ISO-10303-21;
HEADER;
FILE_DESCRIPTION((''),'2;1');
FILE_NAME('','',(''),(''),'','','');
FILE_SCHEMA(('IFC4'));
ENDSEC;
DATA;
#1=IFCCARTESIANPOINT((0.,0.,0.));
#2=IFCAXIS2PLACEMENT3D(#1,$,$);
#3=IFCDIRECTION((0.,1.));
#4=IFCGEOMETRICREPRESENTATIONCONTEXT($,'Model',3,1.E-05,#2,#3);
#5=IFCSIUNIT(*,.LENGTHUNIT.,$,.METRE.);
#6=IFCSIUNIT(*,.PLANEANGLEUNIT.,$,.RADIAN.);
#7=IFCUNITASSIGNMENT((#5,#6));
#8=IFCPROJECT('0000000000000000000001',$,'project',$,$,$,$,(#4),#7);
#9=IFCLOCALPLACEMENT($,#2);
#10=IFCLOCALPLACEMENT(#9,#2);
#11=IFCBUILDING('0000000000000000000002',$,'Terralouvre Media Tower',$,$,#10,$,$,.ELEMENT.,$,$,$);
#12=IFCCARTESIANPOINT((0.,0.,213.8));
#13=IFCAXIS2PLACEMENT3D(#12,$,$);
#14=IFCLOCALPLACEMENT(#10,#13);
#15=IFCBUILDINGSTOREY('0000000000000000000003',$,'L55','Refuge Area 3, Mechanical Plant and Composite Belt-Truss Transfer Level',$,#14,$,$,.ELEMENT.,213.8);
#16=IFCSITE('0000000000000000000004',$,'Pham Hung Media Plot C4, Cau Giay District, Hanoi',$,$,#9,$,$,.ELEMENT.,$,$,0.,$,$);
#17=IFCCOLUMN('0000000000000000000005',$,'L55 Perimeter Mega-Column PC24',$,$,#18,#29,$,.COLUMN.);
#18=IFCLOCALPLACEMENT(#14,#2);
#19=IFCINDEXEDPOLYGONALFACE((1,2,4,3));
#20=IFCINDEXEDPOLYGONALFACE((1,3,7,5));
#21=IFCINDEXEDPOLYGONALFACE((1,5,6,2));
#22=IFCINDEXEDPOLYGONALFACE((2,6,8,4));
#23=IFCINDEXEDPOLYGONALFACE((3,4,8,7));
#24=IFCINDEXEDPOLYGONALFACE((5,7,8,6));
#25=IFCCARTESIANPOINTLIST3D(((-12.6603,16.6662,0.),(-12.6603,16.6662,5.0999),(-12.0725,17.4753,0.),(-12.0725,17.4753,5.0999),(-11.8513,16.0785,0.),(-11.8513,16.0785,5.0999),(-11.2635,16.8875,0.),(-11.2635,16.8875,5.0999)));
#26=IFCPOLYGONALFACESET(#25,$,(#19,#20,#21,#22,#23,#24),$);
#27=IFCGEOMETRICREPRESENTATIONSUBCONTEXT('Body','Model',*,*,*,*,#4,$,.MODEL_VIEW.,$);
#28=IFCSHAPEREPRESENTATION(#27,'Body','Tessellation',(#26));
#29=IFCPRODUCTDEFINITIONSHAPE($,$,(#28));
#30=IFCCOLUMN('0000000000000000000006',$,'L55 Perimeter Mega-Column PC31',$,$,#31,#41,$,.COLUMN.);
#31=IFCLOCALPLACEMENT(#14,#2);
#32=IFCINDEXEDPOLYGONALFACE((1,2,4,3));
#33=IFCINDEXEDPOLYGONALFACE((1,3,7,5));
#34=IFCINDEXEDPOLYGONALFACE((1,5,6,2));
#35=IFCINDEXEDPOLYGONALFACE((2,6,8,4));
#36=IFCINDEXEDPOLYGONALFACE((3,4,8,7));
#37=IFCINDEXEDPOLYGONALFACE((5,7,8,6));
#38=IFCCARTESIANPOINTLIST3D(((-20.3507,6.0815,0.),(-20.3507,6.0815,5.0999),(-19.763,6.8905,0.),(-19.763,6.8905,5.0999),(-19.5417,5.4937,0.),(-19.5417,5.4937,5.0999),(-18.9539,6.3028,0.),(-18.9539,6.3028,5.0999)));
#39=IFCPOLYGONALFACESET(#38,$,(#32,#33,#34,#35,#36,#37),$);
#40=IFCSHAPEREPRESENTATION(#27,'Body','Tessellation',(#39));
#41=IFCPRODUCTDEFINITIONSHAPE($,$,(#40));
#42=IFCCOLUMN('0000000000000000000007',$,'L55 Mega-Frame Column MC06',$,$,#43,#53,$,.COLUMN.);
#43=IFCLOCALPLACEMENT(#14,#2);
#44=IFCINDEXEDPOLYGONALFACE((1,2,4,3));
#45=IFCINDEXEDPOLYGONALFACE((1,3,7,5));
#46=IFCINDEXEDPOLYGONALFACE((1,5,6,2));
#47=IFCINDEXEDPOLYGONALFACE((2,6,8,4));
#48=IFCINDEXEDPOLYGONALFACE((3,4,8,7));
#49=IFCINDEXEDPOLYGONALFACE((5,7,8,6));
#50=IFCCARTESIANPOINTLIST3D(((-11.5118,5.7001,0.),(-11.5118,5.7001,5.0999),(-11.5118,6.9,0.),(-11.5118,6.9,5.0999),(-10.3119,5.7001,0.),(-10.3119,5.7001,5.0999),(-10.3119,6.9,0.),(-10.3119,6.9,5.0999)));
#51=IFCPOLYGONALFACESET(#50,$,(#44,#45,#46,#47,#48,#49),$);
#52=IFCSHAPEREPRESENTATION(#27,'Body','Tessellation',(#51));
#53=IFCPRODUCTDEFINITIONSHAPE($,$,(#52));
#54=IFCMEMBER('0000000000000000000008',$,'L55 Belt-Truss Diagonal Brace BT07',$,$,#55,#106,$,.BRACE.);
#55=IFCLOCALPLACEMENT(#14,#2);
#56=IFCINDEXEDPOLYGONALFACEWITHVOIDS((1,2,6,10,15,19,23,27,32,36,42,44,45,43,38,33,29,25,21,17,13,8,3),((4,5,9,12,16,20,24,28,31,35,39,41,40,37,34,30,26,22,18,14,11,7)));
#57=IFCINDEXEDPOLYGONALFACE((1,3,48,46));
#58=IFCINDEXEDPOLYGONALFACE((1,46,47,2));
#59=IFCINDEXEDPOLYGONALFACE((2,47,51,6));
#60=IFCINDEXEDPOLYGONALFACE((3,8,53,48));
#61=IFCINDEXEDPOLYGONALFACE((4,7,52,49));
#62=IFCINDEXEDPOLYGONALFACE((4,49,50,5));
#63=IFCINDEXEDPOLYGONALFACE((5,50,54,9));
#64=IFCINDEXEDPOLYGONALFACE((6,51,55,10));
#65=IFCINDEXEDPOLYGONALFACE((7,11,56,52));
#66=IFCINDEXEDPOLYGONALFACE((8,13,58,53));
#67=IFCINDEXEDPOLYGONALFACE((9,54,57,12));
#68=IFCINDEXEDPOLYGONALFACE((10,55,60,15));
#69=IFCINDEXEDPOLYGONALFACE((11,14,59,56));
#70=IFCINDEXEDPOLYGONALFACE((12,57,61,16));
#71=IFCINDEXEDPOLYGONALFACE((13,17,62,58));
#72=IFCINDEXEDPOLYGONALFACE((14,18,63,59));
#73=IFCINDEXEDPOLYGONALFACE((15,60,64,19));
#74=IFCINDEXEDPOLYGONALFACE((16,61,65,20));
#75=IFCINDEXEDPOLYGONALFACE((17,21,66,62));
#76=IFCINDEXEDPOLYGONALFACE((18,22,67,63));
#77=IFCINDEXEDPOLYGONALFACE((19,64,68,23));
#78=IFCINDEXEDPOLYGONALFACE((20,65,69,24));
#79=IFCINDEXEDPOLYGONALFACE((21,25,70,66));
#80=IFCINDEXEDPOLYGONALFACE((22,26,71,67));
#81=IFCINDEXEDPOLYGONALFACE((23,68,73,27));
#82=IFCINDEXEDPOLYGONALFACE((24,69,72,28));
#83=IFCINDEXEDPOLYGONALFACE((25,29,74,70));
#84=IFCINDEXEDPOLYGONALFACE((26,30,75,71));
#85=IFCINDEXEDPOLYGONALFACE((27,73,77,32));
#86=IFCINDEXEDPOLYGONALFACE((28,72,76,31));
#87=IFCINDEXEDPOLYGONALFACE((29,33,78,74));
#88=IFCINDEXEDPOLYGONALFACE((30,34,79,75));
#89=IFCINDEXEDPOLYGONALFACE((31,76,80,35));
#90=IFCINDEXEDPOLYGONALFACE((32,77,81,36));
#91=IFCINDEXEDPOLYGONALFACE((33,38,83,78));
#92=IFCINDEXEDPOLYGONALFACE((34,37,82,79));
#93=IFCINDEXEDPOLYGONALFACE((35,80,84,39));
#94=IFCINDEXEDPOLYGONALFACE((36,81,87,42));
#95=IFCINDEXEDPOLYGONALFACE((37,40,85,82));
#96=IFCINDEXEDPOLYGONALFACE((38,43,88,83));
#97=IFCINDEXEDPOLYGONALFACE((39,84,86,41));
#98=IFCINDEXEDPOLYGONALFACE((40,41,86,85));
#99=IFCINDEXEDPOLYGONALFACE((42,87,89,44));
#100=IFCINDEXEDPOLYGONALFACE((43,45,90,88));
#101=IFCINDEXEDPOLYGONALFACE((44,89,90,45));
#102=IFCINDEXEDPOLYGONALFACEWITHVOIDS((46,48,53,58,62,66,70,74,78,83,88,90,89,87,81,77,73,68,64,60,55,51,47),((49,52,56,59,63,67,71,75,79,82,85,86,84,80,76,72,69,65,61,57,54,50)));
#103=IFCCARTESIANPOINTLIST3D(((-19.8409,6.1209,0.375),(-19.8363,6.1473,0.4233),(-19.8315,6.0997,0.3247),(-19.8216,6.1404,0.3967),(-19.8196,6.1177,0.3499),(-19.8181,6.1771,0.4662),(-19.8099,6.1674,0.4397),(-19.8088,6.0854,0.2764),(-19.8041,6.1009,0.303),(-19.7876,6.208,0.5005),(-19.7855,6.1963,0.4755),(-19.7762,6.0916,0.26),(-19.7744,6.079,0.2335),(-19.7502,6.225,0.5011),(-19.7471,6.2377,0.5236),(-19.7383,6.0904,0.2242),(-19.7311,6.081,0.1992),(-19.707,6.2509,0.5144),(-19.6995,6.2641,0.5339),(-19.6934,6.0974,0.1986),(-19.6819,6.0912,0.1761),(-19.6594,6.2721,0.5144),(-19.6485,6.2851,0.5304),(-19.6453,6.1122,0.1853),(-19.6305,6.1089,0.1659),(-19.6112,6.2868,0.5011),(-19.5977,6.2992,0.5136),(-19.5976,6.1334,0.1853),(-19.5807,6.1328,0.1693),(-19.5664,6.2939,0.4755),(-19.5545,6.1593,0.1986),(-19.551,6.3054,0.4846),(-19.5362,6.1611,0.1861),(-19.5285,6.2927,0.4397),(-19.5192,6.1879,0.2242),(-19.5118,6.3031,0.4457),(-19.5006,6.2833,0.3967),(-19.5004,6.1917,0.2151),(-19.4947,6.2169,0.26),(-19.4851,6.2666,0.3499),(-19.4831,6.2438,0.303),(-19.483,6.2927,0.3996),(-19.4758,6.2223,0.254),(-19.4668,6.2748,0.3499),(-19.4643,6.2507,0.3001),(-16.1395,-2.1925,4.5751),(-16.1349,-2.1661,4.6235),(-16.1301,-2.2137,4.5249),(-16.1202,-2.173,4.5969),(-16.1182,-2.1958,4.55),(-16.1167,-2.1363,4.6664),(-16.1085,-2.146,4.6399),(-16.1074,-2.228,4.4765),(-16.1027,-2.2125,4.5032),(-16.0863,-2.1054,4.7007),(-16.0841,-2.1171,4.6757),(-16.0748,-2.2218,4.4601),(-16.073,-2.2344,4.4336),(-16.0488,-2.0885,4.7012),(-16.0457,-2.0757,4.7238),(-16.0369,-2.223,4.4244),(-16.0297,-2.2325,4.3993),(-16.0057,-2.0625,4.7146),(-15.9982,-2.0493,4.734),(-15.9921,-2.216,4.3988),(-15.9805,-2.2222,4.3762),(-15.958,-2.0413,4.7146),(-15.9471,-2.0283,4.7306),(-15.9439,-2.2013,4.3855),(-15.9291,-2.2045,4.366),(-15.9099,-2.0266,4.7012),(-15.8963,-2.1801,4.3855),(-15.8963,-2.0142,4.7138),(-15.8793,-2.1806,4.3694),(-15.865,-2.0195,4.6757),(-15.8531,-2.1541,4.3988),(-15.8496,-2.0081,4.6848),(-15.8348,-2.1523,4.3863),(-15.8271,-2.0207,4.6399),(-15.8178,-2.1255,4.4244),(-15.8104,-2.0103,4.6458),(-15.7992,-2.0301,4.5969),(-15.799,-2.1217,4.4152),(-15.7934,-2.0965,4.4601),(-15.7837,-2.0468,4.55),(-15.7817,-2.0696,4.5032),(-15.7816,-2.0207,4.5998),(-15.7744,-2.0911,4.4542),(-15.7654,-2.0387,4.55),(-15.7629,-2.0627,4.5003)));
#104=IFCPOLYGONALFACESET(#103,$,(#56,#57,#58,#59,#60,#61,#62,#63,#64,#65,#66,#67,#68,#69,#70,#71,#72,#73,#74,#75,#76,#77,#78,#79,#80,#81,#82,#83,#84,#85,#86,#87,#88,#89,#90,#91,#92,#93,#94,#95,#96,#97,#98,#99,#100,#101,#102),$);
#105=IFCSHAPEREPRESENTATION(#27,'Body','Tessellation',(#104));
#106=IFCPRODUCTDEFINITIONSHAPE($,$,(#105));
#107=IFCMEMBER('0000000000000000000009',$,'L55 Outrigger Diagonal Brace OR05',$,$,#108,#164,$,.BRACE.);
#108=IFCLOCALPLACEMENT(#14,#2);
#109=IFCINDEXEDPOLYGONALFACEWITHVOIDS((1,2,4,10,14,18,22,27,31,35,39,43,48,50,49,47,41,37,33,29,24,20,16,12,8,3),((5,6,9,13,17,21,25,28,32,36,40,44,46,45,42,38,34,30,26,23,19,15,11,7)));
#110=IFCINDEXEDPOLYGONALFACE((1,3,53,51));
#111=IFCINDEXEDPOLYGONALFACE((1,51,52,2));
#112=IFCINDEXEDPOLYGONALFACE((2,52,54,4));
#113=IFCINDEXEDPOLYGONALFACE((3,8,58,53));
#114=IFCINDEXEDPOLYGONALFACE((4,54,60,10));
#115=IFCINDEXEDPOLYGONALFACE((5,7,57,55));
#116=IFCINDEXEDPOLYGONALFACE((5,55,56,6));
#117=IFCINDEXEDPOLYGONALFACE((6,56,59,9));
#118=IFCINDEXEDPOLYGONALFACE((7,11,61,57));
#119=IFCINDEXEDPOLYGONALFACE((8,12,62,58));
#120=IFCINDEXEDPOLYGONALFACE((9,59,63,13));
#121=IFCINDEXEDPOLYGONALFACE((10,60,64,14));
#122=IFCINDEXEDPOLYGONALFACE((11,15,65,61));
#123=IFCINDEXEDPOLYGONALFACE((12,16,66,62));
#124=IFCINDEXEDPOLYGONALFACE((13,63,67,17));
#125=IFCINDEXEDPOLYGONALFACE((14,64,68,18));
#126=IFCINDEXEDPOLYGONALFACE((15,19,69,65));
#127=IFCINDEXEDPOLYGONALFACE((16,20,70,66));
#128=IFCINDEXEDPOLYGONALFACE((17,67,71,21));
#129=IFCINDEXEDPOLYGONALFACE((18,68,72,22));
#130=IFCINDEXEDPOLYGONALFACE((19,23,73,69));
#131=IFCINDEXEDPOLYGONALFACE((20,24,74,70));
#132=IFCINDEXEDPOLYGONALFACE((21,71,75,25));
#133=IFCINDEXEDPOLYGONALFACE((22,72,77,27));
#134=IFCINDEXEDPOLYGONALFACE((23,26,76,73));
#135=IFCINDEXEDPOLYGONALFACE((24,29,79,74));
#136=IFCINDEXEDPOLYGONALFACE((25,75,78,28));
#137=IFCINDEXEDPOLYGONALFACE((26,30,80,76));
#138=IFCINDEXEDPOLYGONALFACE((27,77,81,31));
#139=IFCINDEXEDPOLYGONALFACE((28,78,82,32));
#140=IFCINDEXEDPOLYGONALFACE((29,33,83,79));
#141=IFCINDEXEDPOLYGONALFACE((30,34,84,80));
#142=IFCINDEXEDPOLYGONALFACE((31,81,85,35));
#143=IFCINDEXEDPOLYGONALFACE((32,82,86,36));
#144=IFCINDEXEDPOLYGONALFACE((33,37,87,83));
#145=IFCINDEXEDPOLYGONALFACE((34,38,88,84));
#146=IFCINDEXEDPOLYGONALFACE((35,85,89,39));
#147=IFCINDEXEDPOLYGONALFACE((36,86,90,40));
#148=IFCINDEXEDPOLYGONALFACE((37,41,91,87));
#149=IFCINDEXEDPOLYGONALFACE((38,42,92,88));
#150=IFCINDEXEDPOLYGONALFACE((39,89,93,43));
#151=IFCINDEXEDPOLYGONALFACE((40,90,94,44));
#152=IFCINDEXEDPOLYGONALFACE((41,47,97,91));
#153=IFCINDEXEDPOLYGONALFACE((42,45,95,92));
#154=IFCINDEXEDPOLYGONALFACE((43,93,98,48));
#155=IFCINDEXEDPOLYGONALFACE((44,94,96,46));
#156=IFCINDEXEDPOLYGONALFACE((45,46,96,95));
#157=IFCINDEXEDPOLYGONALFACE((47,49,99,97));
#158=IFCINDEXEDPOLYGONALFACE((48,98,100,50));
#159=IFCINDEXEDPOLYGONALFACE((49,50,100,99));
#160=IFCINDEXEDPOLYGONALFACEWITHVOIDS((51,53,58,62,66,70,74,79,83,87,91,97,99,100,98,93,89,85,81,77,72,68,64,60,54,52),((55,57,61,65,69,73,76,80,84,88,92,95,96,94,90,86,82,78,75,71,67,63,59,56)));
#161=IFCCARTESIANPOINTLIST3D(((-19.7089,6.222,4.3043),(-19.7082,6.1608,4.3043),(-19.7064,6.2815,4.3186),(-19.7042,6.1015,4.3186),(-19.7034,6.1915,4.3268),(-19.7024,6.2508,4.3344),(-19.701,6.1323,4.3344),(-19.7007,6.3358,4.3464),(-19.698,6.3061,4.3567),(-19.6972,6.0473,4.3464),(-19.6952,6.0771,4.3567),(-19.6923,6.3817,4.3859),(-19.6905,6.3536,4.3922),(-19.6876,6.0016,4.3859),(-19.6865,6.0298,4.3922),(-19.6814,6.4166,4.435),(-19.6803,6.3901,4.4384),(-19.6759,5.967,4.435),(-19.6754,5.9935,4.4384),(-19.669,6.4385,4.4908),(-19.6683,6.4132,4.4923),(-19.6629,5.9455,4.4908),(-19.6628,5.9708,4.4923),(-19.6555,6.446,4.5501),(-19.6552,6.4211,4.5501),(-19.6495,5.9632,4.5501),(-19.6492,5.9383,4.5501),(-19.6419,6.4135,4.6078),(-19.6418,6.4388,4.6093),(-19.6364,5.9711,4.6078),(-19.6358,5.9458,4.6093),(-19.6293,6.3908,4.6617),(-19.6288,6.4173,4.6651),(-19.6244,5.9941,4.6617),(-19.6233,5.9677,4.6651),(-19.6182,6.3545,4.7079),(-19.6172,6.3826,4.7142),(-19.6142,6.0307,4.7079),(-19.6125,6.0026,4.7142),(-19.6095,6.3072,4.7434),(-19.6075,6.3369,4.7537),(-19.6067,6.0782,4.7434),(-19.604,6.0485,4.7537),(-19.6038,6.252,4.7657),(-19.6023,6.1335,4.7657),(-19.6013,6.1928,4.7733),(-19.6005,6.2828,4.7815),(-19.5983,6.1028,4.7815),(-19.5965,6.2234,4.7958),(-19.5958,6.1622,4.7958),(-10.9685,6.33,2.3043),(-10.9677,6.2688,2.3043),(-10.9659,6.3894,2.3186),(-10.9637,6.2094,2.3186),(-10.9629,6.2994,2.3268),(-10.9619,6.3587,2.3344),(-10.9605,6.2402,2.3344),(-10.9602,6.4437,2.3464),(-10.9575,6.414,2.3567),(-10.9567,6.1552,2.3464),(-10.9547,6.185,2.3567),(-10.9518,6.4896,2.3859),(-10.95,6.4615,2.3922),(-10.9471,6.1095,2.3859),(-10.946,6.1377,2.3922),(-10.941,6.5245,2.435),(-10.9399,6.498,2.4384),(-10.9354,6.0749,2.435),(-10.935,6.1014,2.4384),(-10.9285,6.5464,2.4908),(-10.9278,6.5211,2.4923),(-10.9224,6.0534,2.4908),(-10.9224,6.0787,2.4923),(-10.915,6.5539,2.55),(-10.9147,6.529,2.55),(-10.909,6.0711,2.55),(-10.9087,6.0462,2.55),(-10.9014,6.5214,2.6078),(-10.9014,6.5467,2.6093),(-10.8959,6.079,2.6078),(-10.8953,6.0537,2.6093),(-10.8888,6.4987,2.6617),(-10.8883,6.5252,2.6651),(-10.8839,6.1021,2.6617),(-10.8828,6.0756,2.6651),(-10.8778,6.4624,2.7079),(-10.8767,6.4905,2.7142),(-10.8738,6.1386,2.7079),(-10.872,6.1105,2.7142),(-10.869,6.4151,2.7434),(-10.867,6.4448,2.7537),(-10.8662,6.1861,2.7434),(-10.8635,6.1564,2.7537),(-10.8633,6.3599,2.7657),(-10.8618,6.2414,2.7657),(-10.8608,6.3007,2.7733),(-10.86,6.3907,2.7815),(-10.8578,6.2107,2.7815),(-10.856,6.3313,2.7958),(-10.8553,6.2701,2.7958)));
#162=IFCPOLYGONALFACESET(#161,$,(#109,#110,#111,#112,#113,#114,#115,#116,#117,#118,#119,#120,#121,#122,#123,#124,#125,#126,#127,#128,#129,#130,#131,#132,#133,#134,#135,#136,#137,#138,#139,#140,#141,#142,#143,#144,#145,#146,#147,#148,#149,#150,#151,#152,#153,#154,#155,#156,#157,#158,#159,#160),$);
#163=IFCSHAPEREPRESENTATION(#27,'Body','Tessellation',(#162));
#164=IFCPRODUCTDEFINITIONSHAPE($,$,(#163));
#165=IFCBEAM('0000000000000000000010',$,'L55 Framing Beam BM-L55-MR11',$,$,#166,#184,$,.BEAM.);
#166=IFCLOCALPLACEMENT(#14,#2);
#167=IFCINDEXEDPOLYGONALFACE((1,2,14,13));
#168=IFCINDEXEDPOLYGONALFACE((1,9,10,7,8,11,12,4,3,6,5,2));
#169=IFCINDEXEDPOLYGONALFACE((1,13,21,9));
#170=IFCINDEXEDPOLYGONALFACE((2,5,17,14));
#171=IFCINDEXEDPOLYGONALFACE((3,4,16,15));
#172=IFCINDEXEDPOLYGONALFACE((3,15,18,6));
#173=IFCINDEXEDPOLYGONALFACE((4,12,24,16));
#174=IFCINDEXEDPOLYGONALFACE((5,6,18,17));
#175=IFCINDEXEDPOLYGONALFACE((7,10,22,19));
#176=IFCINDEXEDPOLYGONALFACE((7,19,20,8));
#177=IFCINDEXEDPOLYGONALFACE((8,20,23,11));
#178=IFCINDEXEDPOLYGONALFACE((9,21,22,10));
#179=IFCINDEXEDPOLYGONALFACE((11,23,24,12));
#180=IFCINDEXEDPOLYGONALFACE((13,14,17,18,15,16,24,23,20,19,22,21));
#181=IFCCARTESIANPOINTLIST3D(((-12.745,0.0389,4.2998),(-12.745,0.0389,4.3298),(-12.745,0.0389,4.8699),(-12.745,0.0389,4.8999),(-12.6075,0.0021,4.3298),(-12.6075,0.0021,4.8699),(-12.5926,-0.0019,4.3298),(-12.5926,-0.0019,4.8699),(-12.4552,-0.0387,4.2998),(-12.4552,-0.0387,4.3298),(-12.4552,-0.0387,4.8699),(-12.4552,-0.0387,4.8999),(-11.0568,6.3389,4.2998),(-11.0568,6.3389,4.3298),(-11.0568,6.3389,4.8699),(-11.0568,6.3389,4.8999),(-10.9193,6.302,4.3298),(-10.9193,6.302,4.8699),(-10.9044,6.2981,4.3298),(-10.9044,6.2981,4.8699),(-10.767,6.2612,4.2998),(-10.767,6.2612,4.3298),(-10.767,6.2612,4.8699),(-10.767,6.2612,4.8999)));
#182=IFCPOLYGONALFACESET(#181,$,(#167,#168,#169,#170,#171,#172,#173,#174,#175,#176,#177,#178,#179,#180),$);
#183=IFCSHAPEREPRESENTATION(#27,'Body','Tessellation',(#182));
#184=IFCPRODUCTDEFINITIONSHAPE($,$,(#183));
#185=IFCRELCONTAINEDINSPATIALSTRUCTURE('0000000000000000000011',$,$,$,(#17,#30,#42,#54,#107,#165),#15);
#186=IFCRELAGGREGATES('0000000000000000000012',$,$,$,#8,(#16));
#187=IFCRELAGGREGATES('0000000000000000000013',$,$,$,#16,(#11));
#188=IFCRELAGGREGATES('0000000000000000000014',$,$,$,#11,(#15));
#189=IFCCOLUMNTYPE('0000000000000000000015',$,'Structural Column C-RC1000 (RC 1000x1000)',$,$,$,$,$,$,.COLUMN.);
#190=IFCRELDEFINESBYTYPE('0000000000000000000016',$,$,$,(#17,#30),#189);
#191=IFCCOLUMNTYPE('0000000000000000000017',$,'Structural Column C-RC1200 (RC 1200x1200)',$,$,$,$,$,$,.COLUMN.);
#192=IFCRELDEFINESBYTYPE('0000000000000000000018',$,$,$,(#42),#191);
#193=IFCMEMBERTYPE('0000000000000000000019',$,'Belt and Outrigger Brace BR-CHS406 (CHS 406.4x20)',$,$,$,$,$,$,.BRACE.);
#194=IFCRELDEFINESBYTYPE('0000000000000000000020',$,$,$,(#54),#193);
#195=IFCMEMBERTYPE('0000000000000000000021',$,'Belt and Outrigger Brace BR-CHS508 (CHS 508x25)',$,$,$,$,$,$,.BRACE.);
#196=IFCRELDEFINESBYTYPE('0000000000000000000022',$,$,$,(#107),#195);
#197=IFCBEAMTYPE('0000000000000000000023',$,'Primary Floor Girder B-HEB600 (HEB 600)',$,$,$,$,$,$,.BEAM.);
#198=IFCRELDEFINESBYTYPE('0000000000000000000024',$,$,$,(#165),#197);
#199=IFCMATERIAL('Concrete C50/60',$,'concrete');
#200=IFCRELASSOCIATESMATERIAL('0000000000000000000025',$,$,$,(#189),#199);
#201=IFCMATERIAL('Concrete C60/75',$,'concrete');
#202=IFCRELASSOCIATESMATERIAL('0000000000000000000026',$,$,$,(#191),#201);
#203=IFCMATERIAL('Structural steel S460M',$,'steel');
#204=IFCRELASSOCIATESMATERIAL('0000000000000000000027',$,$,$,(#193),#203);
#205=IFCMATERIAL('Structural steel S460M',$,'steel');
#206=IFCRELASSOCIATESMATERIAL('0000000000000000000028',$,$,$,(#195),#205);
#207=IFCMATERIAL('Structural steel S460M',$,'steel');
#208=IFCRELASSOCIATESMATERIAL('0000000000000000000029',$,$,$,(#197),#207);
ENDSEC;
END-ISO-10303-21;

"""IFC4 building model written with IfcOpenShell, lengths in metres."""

from ifc_helpers import new_model, si_unit, direction, frame, origin, origin_2d, place, context, subcontext, project, spatial, rectangle, hollow_circle, i_section, extrude, material, material_profile, profile_set, type_object, element, save


model = new_model("IFC4")

# Units and contexts
model_context = context("Model", 3, precision=1e-05, world=origin(), true_north=direction((0.0, 1.0)))
body_context = subcontext(model_context, "Body", "Model", "MODEL_VIEW")
ifc_project = project(units=[si_unit("LENGTHUNIT", "METRE"), si_unit("PLANEANGLEUNIT", "RADIAN")], contexts=[model_context])

# Site, building, storey
site_placement = place(None, origin())
site = spatial("IfcSite", under=ifc_project, at=site_placement, Name="Pham Hung Media Plot C4, Cau Giay District, Hanoi", CompositionType="ELEMENT", RefElevation=0.0)
building_placement = place(site_placement, origin())
building = spatial("IfcBuilding", under=site, at=building_placement, Name="Terralouvre Media Tower", CompositionType="ELEMENT")
storey_placement = place(building_placement, frame((0.0, 0.0, 213.8)))
storey = spatial("IfcBuildingStorey", under=building, at=storey_placement, Name="L55", Description="Refuge Area 3, Mechanical Plant and Composite Belt-Truss Transfer Level", CompositionType="ELEMENT", Elevation=213.8)

# Columns
ifc_material_1 = material(Name="Concrete C50/60", Category="concrete")
ifc_material_profile_1 = material_profile(ifc_material_1, rectangle(XDim=1.0, YDim=1.0, at=origin_2d()), Name="RC 1000x1000")
ifc_profile_set_1 = profile_set([ifc_material_profile_1], Name="Concrete C50/60")
column_type_1 = type_object("IfcColumnType", Name="Structural Column C-RC1000 (RC 1000x1000)", PredefinedType="COLUMN", material=ifc_profile_set_1)
for number, where, z_axis, x_axis, name in (
    (1, (-11.9619, 16.7769, 0.0), (0.0, 0.0, 1.0), (0.587785, 0.809017, 0.0), "L55 Perimeter Mega-Column PC24"),
    (2, (-19.6523, 6.1921, 0.0), (0.0, 0.0, 1.0), (0.587785, 0.809017, 0.0), "L55 Perimeter Mega-Column PC31"),
):
    element("IfcColumn", number, at=place(storey_placement, frame(where, z_axis=z_axis, x_axis=x_axis)), inside=storey, type_object=column_type_1, Name=name, PredefinedType="COLUMN", context=body_context, shape_type="SweptSolid", body=[
        extrude(rectangle(XDim=1.0, YDim=1.0, at=origin_2d()), origin(), (0.0, 0.0, 1.0), 5.0999),
    ])
ifc_material_2 = material(Name="Concrete C60/75", Category="concrete")
ifc_material_profile_2 = material_profile(ifc_material_2, rectangle(XDim=1.2, YDim=1.2, at=origin_2d()), Name="RC 1200x1200")
ifc_profile_set_2 = profile_set([ifc_material_profile_2], Name="Concrete C60/75")
column_type_2 = type_object("IfcColumnType", Name="Structural Column C-RC1200 (RC 1200x1200)", PredefinedType="COLUMN", material=ifc_profile_set_2)
column_placement = place(storey_placement, frame((-10.9119, 6.3, 0.0), z_axis=(0.0, 0.0, 1.0), x_axis=(1.0, 0.0, 0.0)))
element("IfcColumn", 3, at=column_placement, inside=storey, type_object=column_type_2, Name="L55 Mega-Frame Column MC06", PredefinedType="COLUMN", context=body_context, shape_type="SweptSolid", body=[
    extrude(rectangle(XDim=1.2, YDim=1.2, at=origin_2d()), origin(), (0.0, 0.0, 1.0), 5.0999),
])

# Members
ifc_material_3 = material(Name="Structural steel S460M", Category="steel")
ifc_material_profile_3 = material_profile(ifc_material_3, hollow_circle(Radius=0.2031, WallThickness=0.02, at=origin_2d()), Name="CHS 406.4x20")
ifc_profile_set_3 = profile_set([ifc_material_profile_3], Name="Structural steel S460M")
member_type_1 = type_object("IfcMemberType", Name="Belt and Outrigger Brace BR-CHS406 (CHS 406.4x20)", PredefinedType="BRACE", material=ifc_profile_set_3)
member_1_placement = place(storey_placement, frame((-19.6523, 6.1921, 0.3499), z_axis=(0.369301, -0.829459, 0.419065), x_axis=(0.913545, 0.406738, 0.0)))
element("IfcMember", 4, at=member_1_placement, inside=storey, type_object=member_type_1, Name="L55 Belt-Truss Diagonal Brace BT07", PredefinedType="BRACE", context=body_context, shape_type="SweptSolid", body=[
    extrude(hollow_circle(Radius=0.2031, WallThickness=0.02, at=origin_2d()), origin(), (0.0, 0.0, 1.0), 10.0227),
])
ifc_material_4 = material(Name="Structural steel S460M", Category="steel")
ifc_material_profile_4 = material_profile(ifc_material_4, hollow_circle(Radius=0.2539, WallThickness=0.0249, at=origin_2d()), Name="CHS 508x25")
ifc_profile_set_4 = profile_set([ifc_material_profile_4], Name="Structural steel S460M")
member_type_2 = type_object("IfcMemberType", Name="Belt and Outrigger Brace BR-CHS508 (CHS 508x25)", PredefinedType="BRACE", material=ifc_profile_set_4)
member_2_placement = place(storey_placement, frame((-10.9119, 6.3, 2.55), z_axis=(-0.974735, -0.012034, 0.223039), x_axis=(0.012345, -0.999924, 0.0)))
element("IfcMember", 5, at=member_2_placement, inside=storey, type_object=member_type_2, Name="L55 Outrigger Diagonal Brace OR05", PredefinedType="BRACE", context=body_context, shape_type="SweptSolid", body=[
    extrude(hollow_circle(Radius=0.2539, WallThickness=0.0249, at=origin_2d()), origin(), (0.0, 0.0, 1.0), 8.967),
])

# Beam
ifc_material_5 = material(Name="Structural steel S460M", Category="steel")
ifc_material_profile_5 = material_profile(ifc_material_5, i_section(OverallWidth=0.3, OverallDepth=0.6001, WebThickness=0.0154, FlangeThickness=0.03, at=origin_2d()), Name="HEB 600")
ifc_profile_set_5 = profile_set([ifc_material_profile_5], Name="Structural steel S460M")
beam_type_1 = type_object("IfcBeamType", Name="Primary Floor Girder B-HEB600 (HEB 600)", PredefinedType="BEAM", material=ifc_profile_set_5)
beam_1_placement = place(storey_placement, frame((-10.9119, 6.3, 4.5999), z_axis=(-0.258839, -0.96592, 0.0), x_axis=(0.96592, -0.258839, 0.0)))
element("IfcBeam", 6, at=beam_1_placement, inside=storey, type_object=beam_type_1, Name="L55 Framing Beam BM-L55-MR11", PredefinedType="BEAM", context=body_context, shape_type="SweptSolid", body=[
    extrude(i_section(OverallWidth=0.3, OverallDepth=0.6001, WebThickness=0.0154, FlangeThickness=0.03, at=origin_2d()), origin(), (0.0, 0.0, 1.0), 6.5222),
])

save(model, "model.ifc")
